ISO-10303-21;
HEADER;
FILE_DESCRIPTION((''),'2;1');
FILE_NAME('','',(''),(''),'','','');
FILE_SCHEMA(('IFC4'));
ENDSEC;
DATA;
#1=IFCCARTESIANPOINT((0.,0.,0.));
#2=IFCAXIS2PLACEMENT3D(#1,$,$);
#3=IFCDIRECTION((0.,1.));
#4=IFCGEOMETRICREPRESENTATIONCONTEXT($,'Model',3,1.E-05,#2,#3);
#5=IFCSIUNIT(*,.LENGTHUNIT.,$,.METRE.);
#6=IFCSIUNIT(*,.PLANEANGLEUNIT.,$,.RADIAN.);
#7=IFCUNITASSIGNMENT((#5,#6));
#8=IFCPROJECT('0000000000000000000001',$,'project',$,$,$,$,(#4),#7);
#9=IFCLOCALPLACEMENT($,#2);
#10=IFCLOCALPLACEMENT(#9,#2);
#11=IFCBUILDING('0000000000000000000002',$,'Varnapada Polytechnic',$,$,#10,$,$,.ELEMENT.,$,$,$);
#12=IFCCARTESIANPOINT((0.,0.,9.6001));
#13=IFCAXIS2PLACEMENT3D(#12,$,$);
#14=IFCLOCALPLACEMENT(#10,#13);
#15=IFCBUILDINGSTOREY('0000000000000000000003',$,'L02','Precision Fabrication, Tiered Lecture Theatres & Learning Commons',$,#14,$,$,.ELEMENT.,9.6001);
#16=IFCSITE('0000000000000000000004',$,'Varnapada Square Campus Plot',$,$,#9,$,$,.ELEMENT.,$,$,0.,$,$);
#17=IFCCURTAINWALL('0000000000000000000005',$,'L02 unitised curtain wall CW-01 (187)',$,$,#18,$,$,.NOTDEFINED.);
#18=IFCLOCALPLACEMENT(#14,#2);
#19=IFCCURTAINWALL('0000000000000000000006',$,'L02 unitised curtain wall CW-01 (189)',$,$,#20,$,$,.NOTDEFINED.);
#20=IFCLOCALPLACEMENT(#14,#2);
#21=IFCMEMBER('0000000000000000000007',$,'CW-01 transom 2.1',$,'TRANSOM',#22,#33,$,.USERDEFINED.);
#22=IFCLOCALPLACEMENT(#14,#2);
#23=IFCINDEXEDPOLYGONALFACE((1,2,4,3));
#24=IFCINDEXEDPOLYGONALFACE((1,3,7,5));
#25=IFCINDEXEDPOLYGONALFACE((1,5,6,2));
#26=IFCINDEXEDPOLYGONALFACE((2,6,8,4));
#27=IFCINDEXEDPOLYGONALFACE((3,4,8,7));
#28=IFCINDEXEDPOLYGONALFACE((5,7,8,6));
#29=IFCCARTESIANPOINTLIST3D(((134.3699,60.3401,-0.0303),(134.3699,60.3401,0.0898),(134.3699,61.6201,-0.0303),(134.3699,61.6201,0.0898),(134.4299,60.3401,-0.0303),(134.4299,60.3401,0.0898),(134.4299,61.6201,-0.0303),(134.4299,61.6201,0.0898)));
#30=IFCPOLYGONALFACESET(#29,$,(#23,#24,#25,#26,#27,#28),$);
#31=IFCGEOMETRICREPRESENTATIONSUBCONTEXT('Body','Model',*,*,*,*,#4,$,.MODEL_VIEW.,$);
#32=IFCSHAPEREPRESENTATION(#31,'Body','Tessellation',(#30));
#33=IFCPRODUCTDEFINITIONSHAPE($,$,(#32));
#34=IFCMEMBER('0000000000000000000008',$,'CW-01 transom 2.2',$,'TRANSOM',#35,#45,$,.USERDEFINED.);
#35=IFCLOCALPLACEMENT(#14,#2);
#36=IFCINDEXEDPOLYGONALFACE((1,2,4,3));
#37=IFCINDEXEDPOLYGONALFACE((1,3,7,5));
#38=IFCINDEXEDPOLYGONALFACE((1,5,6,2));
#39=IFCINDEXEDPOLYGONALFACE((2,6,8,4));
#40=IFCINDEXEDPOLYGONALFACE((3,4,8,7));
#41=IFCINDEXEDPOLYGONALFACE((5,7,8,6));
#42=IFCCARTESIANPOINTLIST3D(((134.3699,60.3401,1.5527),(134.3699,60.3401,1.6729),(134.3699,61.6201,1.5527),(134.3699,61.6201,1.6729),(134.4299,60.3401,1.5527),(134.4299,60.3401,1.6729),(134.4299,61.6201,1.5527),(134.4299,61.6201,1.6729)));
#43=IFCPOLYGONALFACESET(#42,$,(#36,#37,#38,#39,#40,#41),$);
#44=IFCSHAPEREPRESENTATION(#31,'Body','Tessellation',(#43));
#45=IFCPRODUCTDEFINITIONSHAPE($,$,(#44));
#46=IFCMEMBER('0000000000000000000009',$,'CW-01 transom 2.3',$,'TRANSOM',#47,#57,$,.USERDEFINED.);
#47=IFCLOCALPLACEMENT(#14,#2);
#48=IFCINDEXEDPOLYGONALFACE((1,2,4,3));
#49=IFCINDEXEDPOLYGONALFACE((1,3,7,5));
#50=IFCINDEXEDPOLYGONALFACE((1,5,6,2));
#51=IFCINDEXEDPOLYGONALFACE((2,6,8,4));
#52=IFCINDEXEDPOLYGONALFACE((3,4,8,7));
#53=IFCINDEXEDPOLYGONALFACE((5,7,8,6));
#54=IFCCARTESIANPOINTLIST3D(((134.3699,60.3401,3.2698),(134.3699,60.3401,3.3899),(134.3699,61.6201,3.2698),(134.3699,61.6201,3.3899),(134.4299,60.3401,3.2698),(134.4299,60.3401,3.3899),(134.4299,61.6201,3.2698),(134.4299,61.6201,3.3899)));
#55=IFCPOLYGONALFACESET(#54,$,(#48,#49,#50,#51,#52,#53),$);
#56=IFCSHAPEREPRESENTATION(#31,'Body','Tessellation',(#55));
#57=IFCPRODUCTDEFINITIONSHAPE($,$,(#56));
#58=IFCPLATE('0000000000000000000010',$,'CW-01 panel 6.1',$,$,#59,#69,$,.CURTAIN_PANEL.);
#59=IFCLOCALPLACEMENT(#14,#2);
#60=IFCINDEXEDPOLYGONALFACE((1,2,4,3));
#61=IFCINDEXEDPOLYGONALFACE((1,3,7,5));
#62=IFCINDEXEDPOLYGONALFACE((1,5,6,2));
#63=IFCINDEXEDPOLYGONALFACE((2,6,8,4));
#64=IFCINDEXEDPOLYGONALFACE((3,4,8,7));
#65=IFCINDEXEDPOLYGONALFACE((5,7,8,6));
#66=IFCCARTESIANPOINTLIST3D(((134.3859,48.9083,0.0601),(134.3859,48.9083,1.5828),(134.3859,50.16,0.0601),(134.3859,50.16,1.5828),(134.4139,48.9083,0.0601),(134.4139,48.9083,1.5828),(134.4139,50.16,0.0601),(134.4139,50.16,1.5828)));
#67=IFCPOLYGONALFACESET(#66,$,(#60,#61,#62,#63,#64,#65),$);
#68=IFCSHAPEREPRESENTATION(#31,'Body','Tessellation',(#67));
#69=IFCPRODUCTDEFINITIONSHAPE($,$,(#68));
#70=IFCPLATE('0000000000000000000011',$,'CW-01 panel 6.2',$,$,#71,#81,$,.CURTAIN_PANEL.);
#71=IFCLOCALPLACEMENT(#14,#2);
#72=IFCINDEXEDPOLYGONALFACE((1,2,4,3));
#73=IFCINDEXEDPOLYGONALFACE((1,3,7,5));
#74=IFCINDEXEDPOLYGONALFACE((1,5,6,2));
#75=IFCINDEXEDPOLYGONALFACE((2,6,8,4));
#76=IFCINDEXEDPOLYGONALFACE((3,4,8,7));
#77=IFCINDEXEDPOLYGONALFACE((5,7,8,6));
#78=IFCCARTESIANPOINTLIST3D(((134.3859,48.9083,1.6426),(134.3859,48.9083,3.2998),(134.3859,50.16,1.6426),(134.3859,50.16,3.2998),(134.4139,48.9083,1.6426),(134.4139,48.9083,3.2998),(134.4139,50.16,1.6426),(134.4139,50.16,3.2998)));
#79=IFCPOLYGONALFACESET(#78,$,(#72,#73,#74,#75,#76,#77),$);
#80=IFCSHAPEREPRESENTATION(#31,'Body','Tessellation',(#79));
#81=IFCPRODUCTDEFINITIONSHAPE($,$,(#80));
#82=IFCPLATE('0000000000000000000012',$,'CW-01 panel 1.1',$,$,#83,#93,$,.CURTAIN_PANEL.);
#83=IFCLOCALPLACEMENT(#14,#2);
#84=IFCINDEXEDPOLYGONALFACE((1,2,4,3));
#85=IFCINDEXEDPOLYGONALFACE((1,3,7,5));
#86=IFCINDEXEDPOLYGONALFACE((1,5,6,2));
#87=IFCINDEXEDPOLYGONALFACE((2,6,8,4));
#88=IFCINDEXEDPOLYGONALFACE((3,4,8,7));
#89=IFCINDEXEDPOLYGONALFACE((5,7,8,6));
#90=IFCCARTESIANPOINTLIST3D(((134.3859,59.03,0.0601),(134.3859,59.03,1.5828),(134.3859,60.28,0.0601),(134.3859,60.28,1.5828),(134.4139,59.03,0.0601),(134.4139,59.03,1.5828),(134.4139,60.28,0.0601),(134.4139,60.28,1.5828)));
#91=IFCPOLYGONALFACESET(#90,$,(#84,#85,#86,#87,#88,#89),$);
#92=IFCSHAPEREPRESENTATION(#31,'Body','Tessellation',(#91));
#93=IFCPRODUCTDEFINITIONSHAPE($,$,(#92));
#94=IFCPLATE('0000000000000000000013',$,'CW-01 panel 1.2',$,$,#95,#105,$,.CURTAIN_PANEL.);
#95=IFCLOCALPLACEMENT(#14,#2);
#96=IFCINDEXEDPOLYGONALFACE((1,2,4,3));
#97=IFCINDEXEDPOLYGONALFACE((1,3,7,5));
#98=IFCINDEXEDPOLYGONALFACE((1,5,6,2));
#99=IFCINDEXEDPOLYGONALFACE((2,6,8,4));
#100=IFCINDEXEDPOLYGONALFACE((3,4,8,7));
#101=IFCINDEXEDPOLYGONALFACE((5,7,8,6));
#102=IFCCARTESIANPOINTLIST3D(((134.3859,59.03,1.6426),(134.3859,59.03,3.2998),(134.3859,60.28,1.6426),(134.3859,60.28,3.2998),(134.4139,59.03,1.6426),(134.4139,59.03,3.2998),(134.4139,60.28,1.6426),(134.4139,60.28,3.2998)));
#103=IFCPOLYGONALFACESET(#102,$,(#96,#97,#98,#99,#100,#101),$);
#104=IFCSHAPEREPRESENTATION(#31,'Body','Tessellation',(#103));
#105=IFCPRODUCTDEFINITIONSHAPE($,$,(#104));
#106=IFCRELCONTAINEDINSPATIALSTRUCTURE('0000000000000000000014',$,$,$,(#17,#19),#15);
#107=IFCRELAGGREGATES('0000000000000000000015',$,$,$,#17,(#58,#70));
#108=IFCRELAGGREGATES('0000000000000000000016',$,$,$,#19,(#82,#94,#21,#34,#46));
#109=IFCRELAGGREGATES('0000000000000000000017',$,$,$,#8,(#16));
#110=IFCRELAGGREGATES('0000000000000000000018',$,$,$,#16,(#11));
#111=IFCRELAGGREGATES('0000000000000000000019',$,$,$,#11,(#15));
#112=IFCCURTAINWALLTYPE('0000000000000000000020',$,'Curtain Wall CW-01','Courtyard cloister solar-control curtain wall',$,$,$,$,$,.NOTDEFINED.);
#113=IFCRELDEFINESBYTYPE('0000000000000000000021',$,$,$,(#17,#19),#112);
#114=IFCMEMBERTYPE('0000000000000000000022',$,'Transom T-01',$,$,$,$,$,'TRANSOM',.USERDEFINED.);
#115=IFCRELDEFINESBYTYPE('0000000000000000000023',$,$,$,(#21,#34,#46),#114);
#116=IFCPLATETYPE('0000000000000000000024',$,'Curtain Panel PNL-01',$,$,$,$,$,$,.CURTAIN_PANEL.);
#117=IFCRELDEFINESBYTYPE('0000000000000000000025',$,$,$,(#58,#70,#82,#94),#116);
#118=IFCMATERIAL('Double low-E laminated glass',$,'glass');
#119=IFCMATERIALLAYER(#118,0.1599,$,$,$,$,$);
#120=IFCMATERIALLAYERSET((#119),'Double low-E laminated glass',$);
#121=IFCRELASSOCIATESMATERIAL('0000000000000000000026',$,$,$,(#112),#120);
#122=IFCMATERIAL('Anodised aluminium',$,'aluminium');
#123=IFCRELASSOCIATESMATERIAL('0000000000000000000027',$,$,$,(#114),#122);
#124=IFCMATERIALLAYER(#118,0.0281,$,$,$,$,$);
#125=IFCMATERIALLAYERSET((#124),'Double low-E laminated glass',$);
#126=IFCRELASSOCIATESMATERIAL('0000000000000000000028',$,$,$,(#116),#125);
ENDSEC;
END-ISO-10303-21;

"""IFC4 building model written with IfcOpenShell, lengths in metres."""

from ifc_helpers import new_model, si_unit, direction, frame, origin, origin_2d, place, context, subcontext, project, spatial, rectangle, extrude, material, layer, layer_set, material_profile, profile_set, type_object, element, aggregate, save


model = new_model("IFC4")

# Units and contexts
model_context = context("Model", 3, precision=1e-05, world=origin(), true_north=direction((0.0, 1.0)))
body_context = subcontext(model_context, "Body", "Model", "MODEL_VIEW")
ifc_project = project(units=[si_unit("LENGTHUNIT", "METRE"), si_unit("PLANEANGLEUNIT", "RADIAN")], contexts=[model_context])

# Site, building, storey
site_placement = place(None, origin())
site = spatial("IfcSite", under=ifc_project, at=site_placement, Name="Varnapada Square Campus Plot", CompositionType="ELEMENT", RefElevation=0.0)
building_placement = place(site_placement, origin())
building = spatial("IfcBuilding", under=site, at=building_placement, Name="Varnapada Polytechnic", CompositionType="ELEMENT")
storey_placement = place(building_placement, frame((0.0, 0.0, 9.6001)))
storey = spatial("IfcBuildingStorey", under=building, at=storey_placement, Name="L02", Description="Precision Fabrication, Tiered Lecture Theatres & Learning Commons", CompositionType="ELEMENT", Elevation=9.6001)

# Curtain wall
ifc_material_1 = material(Name="Double low-E laminated glass", Category="glass")
ifc_layer_1 = layer(ifc_material_1, 0.1599)
ifc_layer_set_1 = layer_set([ifc_layer_1], Name="Double low-E laminated glass")
curtain_wall_type = type_object("IfcCurtainWallType", Name="Curtain Wall CW-01", Description="Courtyard cloister solar-control curtain wall", PredefinedType="NOTDEFINED", material=ifc_layer_set_1)
curtain_wall_1_placement = place(storey_placement, origin())
curtain_wall_1 = element("IfcCurtainWall", 1, at=curtain_wall_1_placement, inside=storey, type_object=curtain_wall_type, Name="L02 unitised curtain wall CW-01 (187)", PredefinedType="NOTDEFINED")
ifc_material_2 = material(Name="Anodised aluminium", Category="aluminium")

# Curtain wall
curtain_wall_2_placement = place(storey_placement, origin())
curtain_wall_2 = element("IfcCurtainWall", 2, at=curtain_wall_2_placement, inside=storey, type_object=curtain_wall_type, Name="L02 unitised curtain wall CW-01 (189)", PredefinedType="NOTDEFINED")

# Members
ifc_material_profile_1 = material_profile(ifc_material_2, rectangle(XDim=0.0601, YDim=0.1201, at=origin_2d()), Name="ALU T60x120")
ifc_profile_set_1 = profile_set([ifc_material_profile_1], Name="Anodised aluminium")
member_type_1 = type_object("IfcMemberType", Name="Transom T-01", ElementType="TRANSOM", PredefinedType="USERDEFINED", material=ifc_profile_set_1)
member_1_placement = place(storey_placement, frame((134.3999, 60.3401, 0.0298), z_axis=(0.0, 1.0, 0.0), x_axis=(-1.0, 0.0, 0.0)))
member_1 = element("IfcMember", 3, at=member_1_placement, type_object=member_type_1, Name="CW-01 transom 2.1", ObjectType="TRANSOM", PredefinedType="USERDEFINED", context=body_context, shape_type="SweptSolid", body=[
    extrude(rectangle(XDim=0.0601, YDim=0.1201, at=origin_2d()), origin(), (0.0, 0.0, 1.0), 1.28),
])
member_2_placement = place(storey_placement, frame((134.3999, 60.3401, 1.6128), z_axis=(0.0, 1.0, 0.0), x_axis=(-1.0, 0.0, 0.0)))
member_2 = element("IfcMember", 4, at=member_2_placement, type_object=member_type_1, Name="CW-01 transom 2.2", ObjectType="TRANSOM", PredefinedType="USERDEFINED", context=body_context, shape_type="SweptSolid", body=[
    extrude(rectangle(XDim=0.0601, YDim=0.1201, at=origin_2d()), origin(), (0.0, 0.0, 1.0), 1.28),
])
member_3_placement = place(storey_placement, frame((134.3999, 60.3401, 3.3298), z_axis=(0.0, 1.0, 0.0), x_axis=(-1.0, 0.0, 0.0)))
member_3 = element("IfcMember", 5, at=member_3_placement, type_object=member_type_1, Name="CW-01 transom 2.3", ObjectType="TRANSOM", PredefinedType="USERDEFINED", context=body_context, shape_type="SweptSolid", body=[
    extrude(rectangle(XDim=0.0601, YDim=0.1201, at=origin_2d()), origin(), (0.0, 0.0, 1.0), 1.28),
])

# Plates
ifc_layer_2 = layer(ifc_material_1, 0.0281)
ifc_layer_set_2 = layer_set([ifc_layer_2], Name="Double low-E laminated glass")
plate_type = type_object("IfcPlateType", Name="Curtain Panel PNL-01", PredefinedType="CURTAIN_PANEL", material=ifc_layer_set_2)
plate_1_placement = place(storey_placement, frame((134.3999, 49.5342, 0.0601), z_axis=(0.0, 0.0, 1.0), x_axis=(0.0, 1.0, 0.0)))
plate_1 = element("IfcPlate", 6, at=plate_1_placement, type_object=plate_type, Name="CW-01 panel 6.1", PredefinedType="CURTAIN_PANEL", context=body_context, shape_type="SweptSolid", body=[
    extrude(rectangle(XDim=1.2517, YDim=0.0281, at=origin_2d()), origin(), (0.0, 0.0, 1.0), 1.5227),
])
plate_2_placement = place(storey_placement, frame((134.3999, 49.5342, 1.6426), z_axis=(0.0, 0.0, 1.0), x_axis=(0.0, 1.0, 0.0)))
plate_2 = element("IfcPlate", 7, at=plate_2_placement, type_object=plate_type, Name="CW-01 panel 6.2", PredefinedType="CURTAIN_PANEL", context=body_context, shape_type="SweptSolid", body=[
    extrude(rectangle(XDim=1.2517, YDim=0.0281, at=origin_2d()), origin(), (0.0, 0.0, 1.0), 1.6572),
])
aggregate(curtain_wall_1, [plate_1, plate_2])
plate_3_placement = place(storey_placement, frame((134.3999, 59.655, 0.0601), z_axis=(0.0, 0.0, 1.0), x_axis=(0.0, 1.0, 0.0)))
plate_3 = element("IfcPlate", 8, at=plate_3_placement, type_object=plate_type, Name="CW-01 panel 1.1", PredefinedType="CURTAIN_PANEL", context=body_context, shape_type="SweptSolid", body=[
    extrude(rectangle(XDim=1.25, YDim=0.0281, at=origin_2d()), origin(), (0.0, 0.0, 1.0), 1.5227),
])
plate_4_placement = place(storey_placement, frame((134.3999, 59.655, 1.6426), z_axis=(0.0, 0.0, 1.0), x_axis=(0.0, 1.0, 0.0)))
plate_4 = element("IfcPlate", 9, at=plate_4_placement, type_object=plate_type, Name="CW-01 panel 1.2", PredefinedType="CURTAIN_PANEL", context=body_context, shape_type="SweptSolid", body=[
    extrude(rectangle(XDim=1.25, YDim=0.0281, at=origin_2d()), origin(), (0.0, 0.0, 1.0), 1.6572),
])
aggregate(curtain_wall_2, [plate_3, plate_4, member_1, member_2, member_3])

save(model, "model.ifc")
